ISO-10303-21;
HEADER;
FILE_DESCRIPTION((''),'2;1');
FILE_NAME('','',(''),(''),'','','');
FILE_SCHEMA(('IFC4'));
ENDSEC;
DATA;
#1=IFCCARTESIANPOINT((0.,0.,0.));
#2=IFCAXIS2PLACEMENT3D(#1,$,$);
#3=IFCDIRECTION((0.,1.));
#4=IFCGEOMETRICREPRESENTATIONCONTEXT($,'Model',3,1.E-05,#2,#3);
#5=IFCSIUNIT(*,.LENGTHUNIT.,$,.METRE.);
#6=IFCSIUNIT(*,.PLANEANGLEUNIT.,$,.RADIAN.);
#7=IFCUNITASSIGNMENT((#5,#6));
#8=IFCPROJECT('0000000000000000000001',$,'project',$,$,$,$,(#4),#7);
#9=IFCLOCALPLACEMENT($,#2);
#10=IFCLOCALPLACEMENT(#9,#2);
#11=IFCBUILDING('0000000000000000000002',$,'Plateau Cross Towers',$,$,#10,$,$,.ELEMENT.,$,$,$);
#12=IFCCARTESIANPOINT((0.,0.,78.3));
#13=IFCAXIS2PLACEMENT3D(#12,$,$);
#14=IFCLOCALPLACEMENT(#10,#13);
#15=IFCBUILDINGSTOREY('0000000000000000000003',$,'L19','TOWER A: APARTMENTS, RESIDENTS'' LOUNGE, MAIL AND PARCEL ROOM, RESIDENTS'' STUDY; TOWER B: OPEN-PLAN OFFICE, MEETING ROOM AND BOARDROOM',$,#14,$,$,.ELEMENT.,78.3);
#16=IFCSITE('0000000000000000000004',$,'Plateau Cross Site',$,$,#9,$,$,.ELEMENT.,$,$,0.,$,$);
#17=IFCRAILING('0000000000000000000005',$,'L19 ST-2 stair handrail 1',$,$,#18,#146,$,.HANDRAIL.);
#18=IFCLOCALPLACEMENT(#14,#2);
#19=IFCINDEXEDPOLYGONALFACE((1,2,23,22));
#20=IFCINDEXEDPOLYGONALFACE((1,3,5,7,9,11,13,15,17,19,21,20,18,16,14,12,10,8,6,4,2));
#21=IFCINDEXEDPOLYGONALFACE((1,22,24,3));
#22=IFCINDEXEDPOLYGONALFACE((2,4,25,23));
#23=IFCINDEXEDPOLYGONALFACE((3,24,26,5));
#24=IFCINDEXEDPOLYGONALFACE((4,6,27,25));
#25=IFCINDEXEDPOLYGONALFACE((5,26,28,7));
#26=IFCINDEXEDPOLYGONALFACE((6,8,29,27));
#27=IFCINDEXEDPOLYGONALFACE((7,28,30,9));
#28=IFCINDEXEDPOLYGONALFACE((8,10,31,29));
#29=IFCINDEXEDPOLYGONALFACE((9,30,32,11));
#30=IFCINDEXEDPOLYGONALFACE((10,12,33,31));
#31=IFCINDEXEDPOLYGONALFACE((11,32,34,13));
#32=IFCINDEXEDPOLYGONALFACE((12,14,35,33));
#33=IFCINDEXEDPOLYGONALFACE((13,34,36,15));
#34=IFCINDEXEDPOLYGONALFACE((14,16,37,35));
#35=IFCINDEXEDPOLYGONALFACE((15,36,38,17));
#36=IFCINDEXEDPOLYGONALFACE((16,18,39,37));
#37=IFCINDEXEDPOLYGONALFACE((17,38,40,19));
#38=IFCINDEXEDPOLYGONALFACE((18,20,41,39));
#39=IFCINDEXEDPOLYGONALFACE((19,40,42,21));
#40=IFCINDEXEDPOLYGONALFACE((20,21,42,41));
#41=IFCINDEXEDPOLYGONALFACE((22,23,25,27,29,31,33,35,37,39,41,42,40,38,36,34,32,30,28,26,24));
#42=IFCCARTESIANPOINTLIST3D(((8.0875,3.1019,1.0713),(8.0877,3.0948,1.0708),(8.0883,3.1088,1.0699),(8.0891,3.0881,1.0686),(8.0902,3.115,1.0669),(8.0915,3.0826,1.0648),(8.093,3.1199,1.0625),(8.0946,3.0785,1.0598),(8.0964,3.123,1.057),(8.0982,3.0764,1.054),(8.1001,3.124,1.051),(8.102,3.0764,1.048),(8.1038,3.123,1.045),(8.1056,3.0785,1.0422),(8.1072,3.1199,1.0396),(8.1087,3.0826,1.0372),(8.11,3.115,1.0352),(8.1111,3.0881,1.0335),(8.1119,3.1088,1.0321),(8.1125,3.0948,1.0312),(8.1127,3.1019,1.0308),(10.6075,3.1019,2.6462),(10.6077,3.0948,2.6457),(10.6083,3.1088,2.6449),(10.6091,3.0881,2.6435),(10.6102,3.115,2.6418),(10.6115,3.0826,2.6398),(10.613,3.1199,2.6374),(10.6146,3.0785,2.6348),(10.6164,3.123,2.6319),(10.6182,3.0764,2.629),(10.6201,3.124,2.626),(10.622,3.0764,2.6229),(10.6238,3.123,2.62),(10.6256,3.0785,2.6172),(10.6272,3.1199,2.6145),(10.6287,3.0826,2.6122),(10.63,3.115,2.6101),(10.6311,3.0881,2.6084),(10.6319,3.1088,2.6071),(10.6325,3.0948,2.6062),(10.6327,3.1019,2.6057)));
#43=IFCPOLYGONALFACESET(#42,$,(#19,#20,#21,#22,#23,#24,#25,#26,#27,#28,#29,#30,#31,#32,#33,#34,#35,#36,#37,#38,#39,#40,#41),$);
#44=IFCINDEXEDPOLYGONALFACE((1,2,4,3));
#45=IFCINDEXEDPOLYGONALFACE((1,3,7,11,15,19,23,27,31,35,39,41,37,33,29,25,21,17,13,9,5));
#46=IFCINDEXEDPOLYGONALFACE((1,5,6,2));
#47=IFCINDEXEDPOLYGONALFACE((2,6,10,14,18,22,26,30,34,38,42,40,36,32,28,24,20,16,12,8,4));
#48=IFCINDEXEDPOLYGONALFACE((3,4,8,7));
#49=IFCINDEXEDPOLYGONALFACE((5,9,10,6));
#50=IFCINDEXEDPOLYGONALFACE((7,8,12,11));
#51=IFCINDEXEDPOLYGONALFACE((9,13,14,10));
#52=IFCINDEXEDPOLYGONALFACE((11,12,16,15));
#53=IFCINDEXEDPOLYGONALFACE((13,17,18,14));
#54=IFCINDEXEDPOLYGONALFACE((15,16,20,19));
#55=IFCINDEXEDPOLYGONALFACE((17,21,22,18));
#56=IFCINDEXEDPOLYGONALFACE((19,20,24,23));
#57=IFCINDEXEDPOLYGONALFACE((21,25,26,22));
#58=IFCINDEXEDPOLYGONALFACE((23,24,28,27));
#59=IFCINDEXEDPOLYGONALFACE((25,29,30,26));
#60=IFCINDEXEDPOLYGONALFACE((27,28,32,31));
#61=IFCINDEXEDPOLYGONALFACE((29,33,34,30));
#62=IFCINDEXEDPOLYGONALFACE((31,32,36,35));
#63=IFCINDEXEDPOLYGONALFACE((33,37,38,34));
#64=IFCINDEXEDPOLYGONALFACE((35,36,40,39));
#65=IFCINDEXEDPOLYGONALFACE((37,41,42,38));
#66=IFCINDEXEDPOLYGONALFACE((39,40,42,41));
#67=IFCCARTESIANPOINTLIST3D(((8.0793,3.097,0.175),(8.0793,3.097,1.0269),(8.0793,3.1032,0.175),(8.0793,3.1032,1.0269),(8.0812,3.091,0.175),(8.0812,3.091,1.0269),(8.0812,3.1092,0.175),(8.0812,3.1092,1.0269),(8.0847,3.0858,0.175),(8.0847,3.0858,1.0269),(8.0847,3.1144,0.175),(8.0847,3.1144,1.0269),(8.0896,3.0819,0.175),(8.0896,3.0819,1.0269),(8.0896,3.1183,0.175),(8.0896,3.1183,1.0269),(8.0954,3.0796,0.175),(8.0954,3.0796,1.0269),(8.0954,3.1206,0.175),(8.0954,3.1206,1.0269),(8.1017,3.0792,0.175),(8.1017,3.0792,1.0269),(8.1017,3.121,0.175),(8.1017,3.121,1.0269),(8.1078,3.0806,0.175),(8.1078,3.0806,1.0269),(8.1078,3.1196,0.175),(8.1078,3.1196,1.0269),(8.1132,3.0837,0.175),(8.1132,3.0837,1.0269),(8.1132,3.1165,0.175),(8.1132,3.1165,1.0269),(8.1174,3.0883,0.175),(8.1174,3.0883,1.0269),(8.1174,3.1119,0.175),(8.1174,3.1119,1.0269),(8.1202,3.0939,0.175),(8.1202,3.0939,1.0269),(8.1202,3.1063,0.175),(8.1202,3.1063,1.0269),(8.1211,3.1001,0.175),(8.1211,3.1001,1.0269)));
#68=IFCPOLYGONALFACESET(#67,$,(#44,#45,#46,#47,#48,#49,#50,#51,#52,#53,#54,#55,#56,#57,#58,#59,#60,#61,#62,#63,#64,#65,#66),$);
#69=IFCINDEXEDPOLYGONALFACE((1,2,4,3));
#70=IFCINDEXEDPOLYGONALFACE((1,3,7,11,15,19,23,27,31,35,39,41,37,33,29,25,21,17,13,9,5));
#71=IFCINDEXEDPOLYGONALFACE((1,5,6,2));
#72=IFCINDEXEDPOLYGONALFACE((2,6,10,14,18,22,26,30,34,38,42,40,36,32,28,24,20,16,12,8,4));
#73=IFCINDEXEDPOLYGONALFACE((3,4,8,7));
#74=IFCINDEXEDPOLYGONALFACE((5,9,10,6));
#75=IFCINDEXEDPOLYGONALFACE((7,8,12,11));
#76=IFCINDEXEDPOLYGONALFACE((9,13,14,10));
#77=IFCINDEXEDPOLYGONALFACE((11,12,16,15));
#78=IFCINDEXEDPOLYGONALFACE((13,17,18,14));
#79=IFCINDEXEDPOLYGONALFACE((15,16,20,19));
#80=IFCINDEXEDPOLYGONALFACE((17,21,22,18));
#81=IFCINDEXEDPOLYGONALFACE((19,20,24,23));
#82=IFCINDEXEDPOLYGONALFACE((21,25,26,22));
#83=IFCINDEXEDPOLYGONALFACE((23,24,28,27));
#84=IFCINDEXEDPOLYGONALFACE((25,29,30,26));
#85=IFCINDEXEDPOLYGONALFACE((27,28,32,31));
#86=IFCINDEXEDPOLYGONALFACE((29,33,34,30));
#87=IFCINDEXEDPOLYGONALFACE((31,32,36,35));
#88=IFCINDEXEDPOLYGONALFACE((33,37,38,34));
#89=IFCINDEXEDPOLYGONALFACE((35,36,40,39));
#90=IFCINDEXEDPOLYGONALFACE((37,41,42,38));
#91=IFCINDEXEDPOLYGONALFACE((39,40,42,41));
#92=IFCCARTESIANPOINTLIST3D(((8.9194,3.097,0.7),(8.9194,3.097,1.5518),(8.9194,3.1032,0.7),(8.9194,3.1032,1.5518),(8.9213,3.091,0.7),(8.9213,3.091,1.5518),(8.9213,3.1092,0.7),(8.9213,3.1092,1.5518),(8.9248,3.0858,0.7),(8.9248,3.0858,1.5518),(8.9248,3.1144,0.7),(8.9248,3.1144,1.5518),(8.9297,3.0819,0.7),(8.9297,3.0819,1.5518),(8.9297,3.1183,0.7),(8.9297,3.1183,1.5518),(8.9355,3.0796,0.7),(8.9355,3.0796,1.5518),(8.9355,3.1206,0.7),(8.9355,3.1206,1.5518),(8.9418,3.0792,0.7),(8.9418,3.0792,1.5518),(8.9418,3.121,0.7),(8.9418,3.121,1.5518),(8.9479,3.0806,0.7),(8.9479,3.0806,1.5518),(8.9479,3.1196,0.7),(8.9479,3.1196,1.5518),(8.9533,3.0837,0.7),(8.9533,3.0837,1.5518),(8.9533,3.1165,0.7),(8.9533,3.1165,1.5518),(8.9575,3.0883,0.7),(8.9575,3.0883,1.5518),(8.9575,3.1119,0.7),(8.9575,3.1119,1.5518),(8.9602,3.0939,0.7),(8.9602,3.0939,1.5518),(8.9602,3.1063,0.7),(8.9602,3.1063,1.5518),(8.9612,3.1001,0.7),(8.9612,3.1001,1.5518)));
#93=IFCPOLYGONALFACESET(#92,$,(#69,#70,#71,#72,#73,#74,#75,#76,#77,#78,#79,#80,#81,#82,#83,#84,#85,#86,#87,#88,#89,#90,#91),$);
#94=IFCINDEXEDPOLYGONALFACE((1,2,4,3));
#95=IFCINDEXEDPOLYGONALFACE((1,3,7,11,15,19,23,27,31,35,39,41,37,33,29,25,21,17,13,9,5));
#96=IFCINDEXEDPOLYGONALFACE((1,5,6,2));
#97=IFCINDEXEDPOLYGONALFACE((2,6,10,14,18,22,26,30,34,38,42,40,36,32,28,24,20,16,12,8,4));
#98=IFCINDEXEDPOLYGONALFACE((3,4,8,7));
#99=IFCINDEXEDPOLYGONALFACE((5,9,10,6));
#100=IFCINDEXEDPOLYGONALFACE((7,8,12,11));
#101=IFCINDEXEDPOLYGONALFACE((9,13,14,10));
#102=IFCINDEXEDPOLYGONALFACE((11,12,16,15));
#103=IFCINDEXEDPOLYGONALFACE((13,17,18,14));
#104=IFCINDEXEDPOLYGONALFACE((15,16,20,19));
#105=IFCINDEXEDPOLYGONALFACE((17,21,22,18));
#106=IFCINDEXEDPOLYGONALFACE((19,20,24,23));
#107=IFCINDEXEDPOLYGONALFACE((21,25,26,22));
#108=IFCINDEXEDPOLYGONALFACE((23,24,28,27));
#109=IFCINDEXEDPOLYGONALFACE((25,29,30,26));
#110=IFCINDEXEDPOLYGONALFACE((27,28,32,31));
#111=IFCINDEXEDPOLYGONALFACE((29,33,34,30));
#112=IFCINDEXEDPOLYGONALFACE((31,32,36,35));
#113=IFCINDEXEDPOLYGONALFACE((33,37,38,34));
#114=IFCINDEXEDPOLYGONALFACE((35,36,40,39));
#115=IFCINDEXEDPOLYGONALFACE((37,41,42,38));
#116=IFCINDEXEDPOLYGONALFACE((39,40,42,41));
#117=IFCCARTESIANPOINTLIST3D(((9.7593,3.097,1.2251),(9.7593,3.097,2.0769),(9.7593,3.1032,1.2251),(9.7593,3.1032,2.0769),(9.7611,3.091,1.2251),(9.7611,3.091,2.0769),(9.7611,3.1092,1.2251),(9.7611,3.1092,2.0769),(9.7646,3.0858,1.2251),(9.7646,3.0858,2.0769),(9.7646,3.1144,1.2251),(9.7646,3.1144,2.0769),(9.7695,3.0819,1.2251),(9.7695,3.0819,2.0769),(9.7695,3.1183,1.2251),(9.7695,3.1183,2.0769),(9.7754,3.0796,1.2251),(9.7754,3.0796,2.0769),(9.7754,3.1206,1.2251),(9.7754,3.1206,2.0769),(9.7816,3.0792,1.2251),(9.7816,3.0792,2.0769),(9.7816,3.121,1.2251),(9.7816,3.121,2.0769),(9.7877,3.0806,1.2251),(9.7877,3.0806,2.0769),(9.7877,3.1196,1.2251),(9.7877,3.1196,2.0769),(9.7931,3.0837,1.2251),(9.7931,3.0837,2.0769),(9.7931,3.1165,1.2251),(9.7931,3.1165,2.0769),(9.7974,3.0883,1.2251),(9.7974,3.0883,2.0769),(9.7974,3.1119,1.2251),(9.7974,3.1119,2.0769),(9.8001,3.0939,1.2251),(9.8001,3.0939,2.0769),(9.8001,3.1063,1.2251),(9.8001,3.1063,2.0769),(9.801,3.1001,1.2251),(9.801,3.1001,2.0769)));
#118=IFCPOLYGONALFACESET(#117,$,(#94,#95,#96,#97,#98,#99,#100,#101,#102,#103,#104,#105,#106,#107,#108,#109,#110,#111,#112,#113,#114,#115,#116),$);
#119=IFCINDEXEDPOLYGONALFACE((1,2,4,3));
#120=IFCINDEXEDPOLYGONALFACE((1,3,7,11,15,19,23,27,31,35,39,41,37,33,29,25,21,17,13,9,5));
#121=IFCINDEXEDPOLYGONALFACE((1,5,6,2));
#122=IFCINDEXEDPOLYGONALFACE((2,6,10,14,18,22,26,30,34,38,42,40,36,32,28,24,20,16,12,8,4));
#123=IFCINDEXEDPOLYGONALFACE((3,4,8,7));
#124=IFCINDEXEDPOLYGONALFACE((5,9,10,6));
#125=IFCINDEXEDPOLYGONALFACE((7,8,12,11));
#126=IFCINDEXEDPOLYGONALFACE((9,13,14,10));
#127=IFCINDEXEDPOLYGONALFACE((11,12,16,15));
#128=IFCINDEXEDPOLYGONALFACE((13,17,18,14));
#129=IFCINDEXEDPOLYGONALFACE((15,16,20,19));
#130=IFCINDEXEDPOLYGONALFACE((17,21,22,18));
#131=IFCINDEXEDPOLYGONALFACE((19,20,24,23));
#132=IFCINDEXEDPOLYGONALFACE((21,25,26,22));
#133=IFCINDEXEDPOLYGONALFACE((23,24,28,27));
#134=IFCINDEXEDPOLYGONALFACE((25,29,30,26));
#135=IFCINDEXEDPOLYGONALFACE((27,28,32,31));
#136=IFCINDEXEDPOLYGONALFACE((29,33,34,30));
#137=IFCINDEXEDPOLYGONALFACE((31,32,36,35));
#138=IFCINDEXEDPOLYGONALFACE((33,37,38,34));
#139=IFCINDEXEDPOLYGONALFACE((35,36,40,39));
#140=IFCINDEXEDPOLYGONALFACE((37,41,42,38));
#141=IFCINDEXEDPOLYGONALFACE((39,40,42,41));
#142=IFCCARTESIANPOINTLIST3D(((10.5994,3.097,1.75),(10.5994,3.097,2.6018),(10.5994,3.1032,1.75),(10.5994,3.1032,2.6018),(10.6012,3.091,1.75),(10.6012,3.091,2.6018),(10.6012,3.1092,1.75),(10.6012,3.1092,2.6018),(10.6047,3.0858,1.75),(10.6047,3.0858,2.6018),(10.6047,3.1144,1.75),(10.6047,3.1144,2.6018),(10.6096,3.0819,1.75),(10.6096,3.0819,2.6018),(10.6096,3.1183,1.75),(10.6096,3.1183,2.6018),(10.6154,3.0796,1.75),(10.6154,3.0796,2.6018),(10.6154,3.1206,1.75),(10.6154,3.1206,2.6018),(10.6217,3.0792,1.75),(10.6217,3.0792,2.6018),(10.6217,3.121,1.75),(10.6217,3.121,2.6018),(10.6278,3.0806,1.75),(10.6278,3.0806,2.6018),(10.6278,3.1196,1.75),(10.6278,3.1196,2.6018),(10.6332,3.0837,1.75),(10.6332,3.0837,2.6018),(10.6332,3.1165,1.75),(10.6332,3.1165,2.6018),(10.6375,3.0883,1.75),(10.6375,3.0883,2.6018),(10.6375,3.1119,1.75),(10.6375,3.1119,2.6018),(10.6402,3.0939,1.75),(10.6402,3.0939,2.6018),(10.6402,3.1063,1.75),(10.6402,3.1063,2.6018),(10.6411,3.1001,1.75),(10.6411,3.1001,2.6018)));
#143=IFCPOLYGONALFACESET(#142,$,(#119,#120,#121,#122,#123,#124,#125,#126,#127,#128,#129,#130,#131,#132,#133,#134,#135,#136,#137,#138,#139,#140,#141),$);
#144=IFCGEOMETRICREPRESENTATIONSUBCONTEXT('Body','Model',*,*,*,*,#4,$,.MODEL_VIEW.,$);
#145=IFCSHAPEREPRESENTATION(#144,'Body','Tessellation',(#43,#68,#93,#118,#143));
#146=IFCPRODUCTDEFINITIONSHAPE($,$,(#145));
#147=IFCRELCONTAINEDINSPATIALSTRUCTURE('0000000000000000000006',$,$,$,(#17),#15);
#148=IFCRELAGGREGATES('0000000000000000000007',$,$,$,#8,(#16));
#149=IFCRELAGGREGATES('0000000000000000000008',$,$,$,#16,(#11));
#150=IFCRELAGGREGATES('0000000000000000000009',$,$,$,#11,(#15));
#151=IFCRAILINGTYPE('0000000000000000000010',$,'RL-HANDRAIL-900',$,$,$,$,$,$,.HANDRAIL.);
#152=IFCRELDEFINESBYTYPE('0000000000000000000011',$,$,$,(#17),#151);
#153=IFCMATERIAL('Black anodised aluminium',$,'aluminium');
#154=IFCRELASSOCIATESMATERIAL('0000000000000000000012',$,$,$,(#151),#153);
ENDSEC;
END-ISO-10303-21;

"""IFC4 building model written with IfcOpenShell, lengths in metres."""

from ifc_helpers import new_model, si_unit, direction, frame, origin, origin_2d, place, context, subcontext, project, spatial, circle, extrude, material, type_object, element, save


model = new_model("IFC4")

# Units and contexts
model_context = context("Model", 3, precision=1e-05, world=origin(), true_north=direction((0.0, 1.0)))
body_context = subcontext(model_context, "Body", "Model", "MODEL_VIEW")
ifc_project = project(units=[si_unit("LENGTHUNIT", "METRE"), si_unit("PLANEANGLEUNIT", "RADIAN")], contexts=[model_context])

# Site, building, storey
site_placement = place(None, origin())
site = spatial("IfcSite", under=ifc_project, at=site_placement, Name="Plateau Cross Site", CompositionType="ELEMENT", RefElevation=0.0)
building_placement = place(site_placement, origin())
building = spatial("IfcBuilding", under=site, at=building_placement, Name="Plateau Cross Towers", CompositionType="ELEMENT")
storey_placement = place(building_placement, frame((0.0, 0.0, 78.3)))
storey = spatial("IfcBuildingStorey", under=building, at=storey_placement, Name="L19", Description="TOWER A: APARTMENTS, RESIDENTS' LOUNGE, MAIL AND PARCEL ROOM, RESIDENTS' STUDY; TOWER B: OPEN-PLAN OFFICE, MEETING ROOM AND BOARDROOM", CompositionType="ELEMENT", Elevation=78.3)

# Shared definitions
ifc_material_1 = material(Name="Black anodised aluminium", Category="aluminium")

# Railing
railing_type_1 = type_object("IfcRailingType", Name="RL-HANDRAIL-900", PredefinedType="HANDRAIL", material=ifc_material_1)
railing_1_placement = place(storey_placement, frame((8.1001, 3.1001, 0.175)))
element("IfcRailing", 1, at=railing_1_placement, inside=storey, type_object=railing_type_1, Name="L19 ST-2 stair handrail 1", PredefinedType="HANDRAIL", context=body_context, shape_type="SweptSolid", body=[
    extrude(circle(Radius=0.0239, at=origin_2d()), frame((0.0, 0.0, 0.876), z_axis=(0.848008, 0.0, 0.529984), x_axis=(0.0, 1.0, 0.0)), (0.0, 0.0, 1.0), 2.9717),
    extrude(circle(Radius=0.021, at=origin_2d()), origin(), (0.0, 0.0, 1.0), 0.8518),
    extrude(circle(Radius=0.021, at=origin_2d()), frame((0.8401, 0.0, 0.5249)), (0.0, 0.0, 1.0), 0.8518),
    extrude(circle(Radius=0.021, at=origin_2d()), frame((1.6799, 0.0, 1.05)), (0.0, 0.0, 1.0), 0.8518),
    extrude(circle(Radius=0.021, at=origin_2d()), frame((2.52, 0.0, 1.575)), (0.0, 0.0, 1.0), 0.8518),
])

save(model, "model.ifc")
